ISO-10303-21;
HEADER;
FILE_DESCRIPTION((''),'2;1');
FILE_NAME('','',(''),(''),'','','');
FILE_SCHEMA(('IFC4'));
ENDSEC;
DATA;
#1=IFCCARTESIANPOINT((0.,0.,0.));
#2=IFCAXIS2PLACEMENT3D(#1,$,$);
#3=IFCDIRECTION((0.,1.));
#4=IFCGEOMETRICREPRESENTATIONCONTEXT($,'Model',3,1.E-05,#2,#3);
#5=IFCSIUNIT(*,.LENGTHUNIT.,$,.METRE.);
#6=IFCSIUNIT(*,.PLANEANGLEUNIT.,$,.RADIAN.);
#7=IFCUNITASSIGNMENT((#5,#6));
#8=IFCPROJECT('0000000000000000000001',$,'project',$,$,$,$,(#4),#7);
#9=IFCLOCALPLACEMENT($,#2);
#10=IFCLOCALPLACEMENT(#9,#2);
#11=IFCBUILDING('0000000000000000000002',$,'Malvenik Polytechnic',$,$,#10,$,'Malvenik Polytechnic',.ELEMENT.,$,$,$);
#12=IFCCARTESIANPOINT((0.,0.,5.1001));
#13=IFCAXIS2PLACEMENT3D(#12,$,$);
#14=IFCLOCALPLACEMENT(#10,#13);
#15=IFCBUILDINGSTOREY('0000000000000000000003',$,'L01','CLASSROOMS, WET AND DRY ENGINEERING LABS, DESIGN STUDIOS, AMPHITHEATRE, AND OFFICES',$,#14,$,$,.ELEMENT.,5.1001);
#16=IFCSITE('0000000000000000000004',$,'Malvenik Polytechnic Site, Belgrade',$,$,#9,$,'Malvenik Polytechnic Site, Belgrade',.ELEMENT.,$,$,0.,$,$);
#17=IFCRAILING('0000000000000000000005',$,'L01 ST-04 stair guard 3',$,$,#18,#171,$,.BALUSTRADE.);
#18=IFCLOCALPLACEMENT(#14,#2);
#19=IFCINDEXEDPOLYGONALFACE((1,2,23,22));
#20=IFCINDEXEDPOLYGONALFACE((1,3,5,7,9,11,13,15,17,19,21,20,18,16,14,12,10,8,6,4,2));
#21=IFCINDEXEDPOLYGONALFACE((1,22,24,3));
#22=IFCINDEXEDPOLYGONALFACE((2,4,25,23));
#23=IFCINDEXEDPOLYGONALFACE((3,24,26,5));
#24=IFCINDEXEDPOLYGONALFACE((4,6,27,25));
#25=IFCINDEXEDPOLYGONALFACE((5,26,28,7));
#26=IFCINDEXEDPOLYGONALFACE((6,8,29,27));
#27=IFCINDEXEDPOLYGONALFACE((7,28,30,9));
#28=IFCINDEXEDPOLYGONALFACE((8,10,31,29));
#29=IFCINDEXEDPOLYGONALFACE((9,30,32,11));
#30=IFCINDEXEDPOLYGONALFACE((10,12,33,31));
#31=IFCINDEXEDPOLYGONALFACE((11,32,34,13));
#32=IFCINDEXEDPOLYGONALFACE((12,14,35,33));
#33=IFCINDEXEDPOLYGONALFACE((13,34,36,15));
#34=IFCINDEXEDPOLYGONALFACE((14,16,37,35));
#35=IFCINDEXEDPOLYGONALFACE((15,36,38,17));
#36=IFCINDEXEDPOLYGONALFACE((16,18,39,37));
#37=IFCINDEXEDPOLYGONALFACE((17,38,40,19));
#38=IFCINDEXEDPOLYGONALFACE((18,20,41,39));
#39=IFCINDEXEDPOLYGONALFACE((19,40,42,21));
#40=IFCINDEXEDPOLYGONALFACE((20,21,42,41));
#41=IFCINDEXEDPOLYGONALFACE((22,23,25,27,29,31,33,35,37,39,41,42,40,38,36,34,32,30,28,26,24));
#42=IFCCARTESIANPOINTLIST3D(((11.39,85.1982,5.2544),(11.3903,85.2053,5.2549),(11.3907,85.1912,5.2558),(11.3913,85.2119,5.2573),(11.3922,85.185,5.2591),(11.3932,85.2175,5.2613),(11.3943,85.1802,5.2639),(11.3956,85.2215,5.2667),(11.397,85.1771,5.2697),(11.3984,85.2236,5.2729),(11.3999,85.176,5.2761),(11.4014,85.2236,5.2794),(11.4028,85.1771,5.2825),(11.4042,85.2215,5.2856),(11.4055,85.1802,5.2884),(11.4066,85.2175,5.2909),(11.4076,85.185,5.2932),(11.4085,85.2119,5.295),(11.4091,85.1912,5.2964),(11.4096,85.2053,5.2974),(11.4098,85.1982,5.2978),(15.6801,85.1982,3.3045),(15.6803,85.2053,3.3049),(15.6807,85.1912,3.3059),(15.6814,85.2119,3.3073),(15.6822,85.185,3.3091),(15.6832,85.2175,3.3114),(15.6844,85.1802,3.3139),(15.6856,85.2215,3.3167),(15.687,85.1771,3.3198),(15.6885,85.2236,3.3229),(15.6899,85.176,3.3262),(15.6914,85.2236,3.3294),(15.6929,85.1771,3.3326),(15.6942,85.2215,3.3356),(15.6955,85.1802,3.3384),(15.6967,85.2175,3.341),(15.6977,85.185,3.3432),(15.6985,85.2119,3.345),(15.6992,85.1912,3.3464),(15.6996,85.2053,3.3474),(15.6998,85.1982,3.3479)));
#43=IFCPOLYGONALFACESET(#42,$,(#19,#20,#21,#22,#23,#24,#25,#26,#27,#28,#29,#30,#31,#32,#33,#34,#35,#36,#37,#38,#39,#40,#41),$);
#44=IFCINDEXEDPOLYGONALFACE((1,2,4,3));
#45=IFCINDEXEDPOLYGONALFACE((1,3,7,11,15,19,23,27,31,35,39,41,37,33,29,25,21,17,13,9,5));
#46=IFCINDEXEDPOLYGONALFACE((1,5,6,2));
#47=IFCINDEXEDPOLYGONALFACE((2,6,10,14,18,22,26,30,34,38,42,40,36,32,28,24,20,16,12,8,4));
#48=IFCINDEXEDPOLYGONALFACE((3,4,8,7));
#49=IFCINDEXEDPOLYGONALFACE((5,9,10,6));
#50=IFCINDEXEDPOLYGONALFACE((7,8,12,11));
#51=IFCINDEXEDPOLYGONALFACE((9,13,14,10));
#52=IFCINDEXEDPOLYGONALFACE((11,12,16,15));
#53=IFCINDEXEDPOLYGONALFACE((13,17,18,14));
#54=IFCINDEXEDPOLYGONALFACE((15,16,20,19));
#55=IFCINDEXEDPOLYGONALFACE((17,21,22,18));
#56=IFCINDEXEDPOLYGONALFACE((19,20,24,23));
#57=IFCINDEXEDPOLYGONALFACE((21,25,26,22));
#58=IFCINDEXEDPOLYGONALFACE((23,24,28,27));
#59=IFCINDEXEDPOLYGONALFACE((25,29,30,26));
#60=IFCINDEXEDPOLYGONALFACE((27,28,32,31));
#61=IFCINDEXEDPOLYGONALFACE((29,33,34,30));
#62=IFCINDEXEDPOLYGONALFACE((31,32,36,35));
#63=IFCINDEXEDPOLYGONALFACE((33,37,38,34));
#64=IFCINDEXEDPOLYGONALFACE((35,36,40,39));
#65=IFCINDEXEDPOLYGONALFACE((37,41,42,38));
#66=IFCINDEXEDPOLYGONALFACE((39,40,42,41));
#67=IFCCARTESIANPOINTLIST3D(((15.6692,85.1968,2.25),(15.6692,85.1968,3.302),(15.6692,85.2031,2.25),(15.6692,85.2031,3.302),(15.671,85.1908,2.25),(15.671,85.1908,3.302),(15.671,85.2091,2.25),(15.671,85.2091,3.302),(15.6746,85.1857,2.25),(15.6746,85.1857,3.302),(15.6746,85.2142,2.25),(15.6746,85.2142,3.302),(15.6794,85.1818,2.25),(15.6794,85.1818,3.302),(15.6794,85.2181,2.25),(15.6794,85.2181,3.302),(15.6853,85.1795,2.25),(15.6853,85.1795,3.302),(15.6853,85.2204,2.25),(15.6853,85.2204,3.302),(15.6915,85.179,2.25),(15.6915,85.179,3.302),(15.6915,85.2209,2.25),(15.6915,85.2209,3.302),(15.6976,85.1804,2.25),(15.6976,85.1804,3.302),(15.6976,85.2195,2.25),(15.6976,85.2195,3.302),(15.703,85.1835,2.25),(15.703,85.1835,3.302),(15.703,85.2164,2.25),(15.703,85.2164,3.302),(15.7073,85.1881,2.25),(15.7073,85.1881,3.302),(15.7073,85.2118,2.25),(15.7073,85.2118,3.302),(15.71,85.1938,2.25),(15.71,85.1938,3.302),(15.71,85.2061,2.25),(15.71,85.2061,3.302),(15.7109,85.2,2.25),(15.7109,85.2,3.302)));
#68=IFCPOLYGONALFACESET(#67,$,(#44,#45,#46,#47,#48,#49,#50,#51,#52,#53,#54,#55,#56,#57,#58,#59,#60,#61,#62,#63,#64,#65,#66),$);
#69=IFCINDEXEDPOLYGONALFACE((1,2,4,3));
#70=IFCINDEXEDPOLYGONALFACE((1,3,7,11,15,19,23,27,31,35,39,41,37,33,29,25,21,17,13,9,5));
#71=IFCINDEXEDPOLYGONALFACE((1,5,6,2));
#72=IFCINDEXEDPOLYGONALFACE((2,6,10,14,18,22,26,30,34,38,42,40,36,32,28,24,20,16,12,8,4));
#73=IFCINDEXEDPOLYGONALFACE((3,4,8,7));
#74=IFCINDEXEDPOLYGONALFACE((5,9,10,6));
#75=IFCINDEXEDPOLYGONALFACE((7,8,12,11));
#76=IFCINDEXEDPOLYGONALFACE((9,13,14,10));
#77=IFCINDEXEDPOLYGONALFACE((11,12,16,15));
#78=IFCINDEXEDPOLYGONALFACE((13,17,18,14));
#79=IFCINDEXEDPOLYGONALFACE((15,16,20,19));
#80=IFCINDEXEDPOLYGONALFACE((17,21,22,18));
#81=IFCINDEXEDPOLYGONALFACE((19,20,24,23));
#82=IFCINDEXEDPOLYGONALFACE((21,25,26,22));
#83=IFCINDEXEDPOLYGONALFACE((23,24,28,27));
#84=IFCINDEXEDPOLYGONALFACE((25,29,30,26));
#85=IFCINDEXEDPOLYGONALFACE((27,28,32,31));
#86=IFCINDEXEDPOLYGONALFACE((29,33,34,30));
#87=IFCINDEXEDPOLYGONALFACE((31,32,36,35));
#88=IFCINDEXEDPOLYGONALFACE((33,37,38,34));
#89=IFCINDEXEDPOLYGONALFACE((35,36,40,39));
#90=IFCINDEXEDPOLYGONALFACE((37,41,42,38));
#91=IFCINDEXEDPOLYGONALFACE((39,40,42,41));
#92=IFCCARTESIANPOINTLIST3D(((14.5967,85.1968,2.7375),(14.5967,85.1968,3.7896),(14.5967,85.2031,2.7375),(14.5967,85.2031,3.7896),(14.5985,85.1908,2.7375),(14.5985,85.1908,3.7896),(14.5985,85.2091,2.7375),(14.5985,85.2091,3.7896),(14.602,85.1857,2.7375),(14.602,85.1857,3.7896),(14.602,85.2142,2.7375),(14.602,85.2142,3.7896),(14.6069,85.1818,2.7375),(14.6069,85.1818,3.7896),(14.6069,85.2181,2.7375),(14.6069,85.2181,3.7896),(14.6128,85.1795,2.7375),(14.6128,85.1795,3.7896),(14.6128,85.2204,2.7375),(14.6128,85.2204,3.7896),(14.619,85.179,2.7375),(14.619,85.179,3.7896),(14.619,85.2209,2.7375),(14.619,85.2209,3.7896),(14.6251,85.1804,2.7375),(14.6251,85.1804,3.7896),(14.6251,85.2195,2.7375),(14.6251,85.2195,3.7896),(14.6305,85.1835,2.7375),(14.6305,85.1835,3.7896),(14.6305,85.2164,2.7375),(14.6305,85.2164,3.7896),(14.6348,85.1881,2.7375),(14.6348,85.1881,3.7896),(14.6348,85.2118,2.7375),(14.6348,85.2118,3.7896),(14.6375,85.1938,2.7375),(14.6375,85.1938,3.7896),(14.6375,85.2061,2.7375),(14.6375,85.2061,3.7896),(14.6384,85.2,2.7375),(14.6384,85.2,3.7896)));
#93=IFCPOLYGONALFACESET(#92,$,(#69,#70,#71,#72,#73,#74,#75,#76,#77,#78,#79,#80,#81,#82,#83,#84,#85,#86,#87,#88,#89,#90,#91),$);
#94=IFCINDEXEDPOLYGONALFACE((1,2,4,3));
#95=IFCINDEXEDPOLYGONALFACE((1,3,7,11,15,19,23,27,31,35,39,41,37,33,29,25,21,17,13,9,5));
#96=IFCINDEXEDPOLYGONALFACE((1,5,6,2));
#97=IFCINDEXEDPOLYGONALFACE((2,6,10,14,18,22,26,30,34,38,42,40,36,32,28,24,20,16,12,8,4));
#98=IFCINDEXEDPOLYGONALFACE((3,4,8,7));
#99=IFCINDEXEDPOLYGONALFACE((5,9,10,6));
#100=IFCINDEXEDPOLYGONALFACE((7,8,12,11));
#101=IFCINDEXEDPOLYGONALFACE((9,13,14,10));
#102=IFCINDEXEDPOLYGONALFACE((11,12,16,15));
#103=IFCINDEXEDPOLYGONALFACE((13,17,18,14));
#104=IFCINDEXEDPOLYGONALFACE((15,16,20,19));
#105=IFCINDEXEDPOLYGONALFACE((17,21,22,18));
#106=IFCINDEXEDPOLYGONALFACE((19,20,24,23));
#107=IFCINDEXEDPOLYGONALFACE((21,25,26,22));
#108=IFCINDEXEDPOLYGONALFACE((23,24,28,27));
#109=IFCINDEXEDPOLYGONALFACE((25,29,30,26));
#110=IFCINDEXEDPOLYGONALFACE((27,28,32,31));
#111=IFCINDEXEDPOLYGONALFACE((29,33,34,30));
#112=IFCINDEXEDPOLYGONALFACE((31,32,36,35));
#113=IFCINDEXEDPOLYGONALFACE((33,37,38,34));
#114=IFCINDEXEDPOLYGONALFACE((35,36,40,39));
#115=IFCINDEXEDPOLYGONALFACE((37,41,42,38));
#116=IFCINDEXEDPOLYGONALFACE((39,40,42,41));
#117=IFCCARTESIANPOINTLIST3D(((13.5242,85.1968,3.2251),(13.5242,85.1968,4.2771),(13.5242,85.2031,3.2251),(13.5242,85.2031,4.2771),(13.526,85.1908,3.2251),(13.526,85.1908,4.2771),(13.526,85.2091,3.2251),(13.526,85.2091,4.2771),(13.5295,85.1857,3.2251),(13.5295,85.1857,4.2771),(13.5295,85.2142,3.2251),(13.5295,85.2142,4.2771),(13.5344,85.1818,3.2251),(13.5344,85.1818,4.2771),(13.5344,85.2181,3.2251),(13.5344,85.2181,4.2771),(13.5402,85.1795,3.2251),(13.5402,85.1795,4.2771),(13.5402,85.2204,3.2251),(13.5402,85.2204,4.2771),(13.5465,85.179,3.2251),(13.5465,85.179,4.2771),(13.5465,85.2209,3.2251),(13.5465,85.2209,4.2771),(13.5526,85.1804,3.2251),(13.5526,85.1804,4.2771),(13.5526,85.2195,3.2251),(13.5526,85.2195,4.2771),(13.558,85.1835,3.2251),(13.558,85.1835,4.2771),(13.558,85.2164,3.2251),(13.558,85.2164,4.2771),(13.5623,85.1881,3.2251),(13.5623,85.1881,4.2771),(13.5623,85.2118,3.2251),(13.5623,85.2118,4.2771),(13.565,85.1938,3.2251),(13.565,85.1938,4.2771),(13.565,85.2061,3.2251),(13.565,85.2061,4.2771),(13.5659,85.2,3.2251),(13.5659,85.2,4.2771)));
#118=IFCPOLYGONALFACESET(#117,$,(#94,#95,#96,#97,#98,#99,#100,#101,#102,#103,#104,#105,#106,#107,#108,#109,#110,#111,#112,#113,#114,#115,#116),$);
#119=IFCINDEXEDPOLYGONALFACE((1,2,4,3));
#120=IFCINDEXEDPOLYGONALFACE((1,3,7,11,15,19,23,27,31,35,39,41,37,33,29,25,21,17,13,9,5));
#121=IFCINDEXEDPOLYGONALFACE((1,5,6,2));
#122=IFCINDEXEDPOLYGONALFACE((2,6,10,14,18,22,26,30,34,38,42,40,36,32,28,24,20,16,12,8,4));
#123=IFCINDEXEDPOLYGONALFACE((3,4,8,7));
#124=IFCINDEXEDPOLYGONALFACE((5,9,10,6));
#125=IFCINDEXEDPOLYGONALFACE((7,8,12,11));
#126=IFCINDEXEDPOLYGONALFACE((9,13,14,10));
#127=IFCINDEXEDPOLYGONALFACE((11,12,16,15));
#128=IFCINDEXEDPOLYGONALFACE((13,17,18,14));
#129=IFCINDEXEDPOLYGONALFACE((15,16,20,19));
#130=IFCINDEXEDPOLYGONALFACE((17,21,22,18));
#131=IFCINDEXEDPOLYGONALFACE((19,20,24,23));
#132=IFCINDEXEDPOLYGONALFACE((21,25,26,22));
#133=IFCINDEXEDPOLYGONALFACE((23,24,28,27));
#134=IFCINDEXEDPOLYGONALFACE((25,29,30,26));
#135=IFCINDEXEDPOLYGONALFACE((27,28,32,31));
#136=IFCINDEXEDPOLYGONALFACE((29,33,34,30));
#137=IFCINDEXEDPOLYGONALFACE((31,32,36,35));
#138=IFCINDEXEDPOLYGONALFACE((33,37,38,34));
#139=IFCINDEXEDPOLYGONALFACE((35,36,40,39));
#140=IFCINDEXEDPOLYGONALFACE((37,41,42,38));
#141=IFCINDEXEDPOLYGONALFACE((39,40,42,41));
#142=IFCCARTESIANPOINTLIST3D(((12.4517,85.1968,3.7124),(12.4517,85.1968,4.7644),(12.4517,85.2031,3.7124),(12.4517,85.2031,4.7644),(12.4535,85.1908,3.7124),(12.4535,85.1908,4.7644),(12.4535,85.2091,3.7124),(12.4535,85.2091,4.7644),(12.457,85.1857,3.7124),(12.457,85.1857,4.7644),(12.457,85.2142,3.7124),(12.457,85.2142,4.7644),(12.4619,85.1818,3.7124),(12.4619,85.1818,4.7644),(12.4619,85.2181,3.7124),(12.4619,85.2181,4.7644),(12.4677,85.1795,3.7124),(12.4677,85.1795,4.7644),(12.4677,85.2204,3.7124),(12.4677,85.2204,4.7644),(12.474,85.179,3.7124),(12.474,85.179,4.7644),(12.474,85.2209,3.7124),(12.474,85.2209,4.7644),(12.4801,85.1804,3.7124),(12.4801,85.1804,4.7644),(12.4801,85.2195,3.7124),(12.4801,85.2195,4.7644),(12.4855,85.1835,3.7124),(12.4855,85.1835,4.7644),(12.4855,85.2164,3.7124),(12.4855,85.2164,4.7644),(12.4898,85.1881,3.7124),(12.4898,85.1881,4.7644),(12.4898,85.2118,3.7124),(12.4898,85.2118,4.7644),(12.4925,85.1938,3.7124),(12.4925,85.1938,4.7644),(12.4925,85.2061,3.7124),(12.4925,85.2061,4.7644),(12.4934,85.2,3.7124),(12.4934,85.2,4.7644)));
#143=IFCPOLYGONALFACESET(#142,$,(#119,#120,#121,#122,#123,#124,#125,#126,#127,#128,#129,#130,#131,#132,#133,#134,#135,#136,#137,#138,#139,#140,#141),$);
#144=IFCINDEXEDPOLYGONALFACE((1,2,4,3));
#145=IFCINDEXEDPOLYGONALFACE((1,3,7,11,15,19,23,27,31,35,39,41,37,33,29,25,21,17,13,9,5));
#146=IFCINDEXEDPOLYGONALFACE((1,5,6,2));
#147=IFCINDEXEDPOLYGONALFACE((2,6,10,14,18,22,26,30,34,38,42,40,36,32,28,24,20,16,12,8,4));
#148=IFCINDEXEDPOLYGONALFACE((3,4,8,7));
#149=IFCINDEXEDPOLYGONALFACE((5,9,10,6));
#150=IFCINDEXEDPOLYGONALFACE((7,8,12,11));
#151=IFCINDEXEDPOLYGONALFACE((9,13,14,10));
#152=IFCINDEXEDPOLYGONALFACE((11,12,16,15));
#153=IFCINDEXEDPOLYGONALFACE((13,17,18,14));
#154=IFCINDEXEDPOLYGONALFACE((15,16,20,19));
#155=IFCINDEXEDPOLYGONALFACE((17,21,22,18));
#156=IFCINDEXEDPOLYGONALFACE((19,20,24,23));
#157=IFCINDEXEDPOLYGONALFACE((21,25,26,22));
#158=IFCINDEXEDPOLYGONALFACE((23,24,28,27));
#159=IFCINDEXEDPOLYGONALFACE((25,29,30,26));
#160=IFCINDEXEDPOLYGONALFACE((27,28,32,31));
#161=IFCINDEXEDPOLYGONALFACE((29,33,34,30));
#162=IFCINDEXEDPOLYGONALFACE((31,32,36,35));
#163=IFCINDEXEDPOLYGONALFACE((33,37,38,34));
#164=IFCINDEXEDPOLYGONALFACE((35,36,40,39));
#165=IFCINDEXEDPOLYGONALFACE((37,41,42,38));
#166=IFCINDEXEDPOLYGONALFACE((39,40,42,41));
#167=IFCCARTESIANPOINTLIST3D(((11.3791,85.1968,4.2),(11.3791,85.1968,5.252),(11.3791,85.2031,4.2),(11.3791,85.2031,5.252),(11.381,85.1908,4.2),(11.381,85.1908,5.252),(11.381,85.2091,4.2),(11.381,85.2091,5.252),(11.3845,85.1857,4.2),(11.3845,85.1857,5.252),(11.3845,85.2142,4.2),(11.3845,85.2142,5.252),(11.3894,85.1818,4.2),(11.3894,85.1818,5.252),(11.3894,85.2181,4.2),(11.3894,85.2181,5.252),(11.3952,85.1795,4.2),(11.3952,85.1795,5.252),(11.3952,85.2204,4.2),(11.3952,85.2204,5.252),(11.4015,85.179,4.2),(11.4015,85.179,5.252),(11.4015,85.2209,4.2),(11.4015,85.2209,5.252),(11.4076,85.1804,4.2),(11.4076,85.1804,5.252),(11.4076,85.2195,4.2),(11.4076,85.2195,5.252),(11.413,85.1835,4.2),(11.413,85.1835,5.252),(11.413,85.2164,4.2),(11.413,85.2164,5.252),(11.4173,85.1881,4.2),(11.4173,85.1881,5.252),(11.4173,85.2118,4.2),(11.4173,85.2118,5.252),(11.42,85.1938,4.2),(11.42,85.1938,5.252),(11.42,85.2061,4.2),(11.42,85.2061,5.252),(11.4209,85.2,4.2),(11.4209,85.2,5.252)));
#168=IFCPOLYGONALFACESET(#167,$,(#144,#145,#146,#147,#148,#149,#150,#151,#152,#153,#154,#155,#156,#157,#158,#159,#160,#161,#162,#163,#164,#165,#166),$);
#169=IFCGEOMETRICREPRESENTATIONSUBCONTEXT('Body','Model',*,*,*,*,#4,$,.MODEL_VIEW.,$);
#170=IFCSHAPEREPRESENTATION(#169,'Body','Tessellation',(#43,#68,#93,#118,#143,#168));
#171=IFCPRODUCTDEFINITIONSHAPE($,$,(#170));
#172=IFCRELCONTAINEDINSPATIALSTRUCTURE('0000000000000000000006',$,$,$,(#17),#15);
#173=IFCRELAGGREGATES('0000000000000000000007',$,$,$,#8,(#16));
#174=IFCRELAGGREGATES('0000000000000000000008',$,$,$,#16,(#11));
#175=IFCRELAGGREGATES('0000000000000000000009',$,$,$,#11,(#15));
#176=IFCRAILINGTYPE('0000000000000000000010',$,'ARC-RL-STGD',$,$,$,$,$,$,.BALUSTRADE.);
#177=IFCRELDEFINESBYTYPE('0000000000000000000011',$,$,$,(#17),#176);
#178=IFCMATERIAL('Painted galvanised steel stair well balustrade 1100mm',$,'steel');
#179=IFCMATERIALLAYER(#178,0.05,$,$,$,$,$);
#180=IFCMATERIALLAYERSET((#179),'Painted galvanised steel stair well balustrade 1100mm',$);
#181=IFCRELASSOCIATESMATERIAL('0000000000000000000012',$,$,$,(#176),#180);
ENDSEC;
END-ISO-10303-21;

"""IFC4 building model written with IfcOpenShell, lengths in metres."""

from ifc_helpers import new_model, si_unit, direction, frame, origin, origin_2d, place, context, subcontext, project, spatial, circle, extrude, material, layer, layer_set, type_object, element, save


model = new_model("IFC4")

# Units and contexts
model_context = context("Model", 3, precision=1e-05, world=origin(), true_north=direction((0.0, 1.0)))
body_context = subcontext(model_context, "Body", "Model", "MODEL_VIEW")
ifc_project = project(units=[si_unit("LENGTHUNIT", "METRE"), si_unit("PLANEANGLEUNIT", "RADIAN")], contexts=[model_context])

# Site, building, storey
site_placement = place(None, origin())
site = spatial("IfcSite", under=ifc_project, at=site_placement, Name="Malvenik Polytechnic Site, Belgrade", LongName="Malvenik Polytechnic Site, Belgrade", CompositionType="ELEMENT", RefElevation=0.0)
building_placement = place(site_placement, origin())
building = spatial("IfcBuilding", under=site, at=building_placement, Name="Malvenik Polytechnic", LongName="Malvenik Polytechnic", CompositionType="ELEMENT")
storey_placement = place(building_placement, frame((0.0, 0.0, 5.1001)))
storey = spatial("IfcBuildingStorey", under=building, at=storey_placement, Name="L01", Description="CLASSROOMS, WET AND DRY ENGINEERING LABS, DESIGN STUDIOS, AMPHITHEATRE, AND OFFICES", CompositionType="ELEMENT", Elevation=5.1001)

# Railing
ifc_material_1 = material(Name="Painted galvanised steel stair well balustrade 1100mm", Category="steel")
ifc_layer_1 = layer(ifc_material_1, 0.05)
ifc_layer_set_1 = layer_set([ifc_layer_1], Name="Painted galvanised steel stair well balustrade 1100mm")
railing_type_1 = type_object("IfcRailingType", Name="ARC-RL-STGD", PredefinedType="BALUSTRADE", material=ifc_layer_set_1)
railing_1_placement = place(storey_placement, frame((15.6899, 85.2, 2.25)))
element("IfcRailing", 1, at=railing_1_placement, inside=storey, type_object=railing_type_1, Name="L01 ST-04 stair guard 3", PredefinedType="BALUSTRADE", context=body_context, shape_type="SweptSolid", body=[
    extrude(circle(Radius=0.0239, at=origin_2d()), frame((0.0, 0.0, 1.0762), z_axis=(-0.910372, 0.0, 0.413791), x_axis=(0.0, -1.0, 0.0)), (0.0, 0.0, 1.0), 4.7124),
    extrude(circle(Radius=0.021, at=origin_2d()), origin(), (0.0, 0.0, 1.0), 1.052),
    extrude(circle(Radius=0.021, at=origin_2d()), frame((-1.0725, 0.0, 0.4875)), (0.0, 0.0, 1.0), 1.052),
    extrude(circle(Radius=0.021, at=origin_2d()), frame((-2.145, 0.0, 0.9751)), (0.0, 0.0, 1.0), 1.052),
    extrude(circle(Radius=0.021, at=origin_2d()), frame((-3.2175, 0.0, 1.4624)), (0.0, 0.0, 1.0), 1.052),
    extrude(circle(Radius=0.021, at=origin_2d()), frame((-4.29, 0.0, 1.95)), (0.0, 0.0, 1.0), 1.052),
])

save(model, "model.ifc")
